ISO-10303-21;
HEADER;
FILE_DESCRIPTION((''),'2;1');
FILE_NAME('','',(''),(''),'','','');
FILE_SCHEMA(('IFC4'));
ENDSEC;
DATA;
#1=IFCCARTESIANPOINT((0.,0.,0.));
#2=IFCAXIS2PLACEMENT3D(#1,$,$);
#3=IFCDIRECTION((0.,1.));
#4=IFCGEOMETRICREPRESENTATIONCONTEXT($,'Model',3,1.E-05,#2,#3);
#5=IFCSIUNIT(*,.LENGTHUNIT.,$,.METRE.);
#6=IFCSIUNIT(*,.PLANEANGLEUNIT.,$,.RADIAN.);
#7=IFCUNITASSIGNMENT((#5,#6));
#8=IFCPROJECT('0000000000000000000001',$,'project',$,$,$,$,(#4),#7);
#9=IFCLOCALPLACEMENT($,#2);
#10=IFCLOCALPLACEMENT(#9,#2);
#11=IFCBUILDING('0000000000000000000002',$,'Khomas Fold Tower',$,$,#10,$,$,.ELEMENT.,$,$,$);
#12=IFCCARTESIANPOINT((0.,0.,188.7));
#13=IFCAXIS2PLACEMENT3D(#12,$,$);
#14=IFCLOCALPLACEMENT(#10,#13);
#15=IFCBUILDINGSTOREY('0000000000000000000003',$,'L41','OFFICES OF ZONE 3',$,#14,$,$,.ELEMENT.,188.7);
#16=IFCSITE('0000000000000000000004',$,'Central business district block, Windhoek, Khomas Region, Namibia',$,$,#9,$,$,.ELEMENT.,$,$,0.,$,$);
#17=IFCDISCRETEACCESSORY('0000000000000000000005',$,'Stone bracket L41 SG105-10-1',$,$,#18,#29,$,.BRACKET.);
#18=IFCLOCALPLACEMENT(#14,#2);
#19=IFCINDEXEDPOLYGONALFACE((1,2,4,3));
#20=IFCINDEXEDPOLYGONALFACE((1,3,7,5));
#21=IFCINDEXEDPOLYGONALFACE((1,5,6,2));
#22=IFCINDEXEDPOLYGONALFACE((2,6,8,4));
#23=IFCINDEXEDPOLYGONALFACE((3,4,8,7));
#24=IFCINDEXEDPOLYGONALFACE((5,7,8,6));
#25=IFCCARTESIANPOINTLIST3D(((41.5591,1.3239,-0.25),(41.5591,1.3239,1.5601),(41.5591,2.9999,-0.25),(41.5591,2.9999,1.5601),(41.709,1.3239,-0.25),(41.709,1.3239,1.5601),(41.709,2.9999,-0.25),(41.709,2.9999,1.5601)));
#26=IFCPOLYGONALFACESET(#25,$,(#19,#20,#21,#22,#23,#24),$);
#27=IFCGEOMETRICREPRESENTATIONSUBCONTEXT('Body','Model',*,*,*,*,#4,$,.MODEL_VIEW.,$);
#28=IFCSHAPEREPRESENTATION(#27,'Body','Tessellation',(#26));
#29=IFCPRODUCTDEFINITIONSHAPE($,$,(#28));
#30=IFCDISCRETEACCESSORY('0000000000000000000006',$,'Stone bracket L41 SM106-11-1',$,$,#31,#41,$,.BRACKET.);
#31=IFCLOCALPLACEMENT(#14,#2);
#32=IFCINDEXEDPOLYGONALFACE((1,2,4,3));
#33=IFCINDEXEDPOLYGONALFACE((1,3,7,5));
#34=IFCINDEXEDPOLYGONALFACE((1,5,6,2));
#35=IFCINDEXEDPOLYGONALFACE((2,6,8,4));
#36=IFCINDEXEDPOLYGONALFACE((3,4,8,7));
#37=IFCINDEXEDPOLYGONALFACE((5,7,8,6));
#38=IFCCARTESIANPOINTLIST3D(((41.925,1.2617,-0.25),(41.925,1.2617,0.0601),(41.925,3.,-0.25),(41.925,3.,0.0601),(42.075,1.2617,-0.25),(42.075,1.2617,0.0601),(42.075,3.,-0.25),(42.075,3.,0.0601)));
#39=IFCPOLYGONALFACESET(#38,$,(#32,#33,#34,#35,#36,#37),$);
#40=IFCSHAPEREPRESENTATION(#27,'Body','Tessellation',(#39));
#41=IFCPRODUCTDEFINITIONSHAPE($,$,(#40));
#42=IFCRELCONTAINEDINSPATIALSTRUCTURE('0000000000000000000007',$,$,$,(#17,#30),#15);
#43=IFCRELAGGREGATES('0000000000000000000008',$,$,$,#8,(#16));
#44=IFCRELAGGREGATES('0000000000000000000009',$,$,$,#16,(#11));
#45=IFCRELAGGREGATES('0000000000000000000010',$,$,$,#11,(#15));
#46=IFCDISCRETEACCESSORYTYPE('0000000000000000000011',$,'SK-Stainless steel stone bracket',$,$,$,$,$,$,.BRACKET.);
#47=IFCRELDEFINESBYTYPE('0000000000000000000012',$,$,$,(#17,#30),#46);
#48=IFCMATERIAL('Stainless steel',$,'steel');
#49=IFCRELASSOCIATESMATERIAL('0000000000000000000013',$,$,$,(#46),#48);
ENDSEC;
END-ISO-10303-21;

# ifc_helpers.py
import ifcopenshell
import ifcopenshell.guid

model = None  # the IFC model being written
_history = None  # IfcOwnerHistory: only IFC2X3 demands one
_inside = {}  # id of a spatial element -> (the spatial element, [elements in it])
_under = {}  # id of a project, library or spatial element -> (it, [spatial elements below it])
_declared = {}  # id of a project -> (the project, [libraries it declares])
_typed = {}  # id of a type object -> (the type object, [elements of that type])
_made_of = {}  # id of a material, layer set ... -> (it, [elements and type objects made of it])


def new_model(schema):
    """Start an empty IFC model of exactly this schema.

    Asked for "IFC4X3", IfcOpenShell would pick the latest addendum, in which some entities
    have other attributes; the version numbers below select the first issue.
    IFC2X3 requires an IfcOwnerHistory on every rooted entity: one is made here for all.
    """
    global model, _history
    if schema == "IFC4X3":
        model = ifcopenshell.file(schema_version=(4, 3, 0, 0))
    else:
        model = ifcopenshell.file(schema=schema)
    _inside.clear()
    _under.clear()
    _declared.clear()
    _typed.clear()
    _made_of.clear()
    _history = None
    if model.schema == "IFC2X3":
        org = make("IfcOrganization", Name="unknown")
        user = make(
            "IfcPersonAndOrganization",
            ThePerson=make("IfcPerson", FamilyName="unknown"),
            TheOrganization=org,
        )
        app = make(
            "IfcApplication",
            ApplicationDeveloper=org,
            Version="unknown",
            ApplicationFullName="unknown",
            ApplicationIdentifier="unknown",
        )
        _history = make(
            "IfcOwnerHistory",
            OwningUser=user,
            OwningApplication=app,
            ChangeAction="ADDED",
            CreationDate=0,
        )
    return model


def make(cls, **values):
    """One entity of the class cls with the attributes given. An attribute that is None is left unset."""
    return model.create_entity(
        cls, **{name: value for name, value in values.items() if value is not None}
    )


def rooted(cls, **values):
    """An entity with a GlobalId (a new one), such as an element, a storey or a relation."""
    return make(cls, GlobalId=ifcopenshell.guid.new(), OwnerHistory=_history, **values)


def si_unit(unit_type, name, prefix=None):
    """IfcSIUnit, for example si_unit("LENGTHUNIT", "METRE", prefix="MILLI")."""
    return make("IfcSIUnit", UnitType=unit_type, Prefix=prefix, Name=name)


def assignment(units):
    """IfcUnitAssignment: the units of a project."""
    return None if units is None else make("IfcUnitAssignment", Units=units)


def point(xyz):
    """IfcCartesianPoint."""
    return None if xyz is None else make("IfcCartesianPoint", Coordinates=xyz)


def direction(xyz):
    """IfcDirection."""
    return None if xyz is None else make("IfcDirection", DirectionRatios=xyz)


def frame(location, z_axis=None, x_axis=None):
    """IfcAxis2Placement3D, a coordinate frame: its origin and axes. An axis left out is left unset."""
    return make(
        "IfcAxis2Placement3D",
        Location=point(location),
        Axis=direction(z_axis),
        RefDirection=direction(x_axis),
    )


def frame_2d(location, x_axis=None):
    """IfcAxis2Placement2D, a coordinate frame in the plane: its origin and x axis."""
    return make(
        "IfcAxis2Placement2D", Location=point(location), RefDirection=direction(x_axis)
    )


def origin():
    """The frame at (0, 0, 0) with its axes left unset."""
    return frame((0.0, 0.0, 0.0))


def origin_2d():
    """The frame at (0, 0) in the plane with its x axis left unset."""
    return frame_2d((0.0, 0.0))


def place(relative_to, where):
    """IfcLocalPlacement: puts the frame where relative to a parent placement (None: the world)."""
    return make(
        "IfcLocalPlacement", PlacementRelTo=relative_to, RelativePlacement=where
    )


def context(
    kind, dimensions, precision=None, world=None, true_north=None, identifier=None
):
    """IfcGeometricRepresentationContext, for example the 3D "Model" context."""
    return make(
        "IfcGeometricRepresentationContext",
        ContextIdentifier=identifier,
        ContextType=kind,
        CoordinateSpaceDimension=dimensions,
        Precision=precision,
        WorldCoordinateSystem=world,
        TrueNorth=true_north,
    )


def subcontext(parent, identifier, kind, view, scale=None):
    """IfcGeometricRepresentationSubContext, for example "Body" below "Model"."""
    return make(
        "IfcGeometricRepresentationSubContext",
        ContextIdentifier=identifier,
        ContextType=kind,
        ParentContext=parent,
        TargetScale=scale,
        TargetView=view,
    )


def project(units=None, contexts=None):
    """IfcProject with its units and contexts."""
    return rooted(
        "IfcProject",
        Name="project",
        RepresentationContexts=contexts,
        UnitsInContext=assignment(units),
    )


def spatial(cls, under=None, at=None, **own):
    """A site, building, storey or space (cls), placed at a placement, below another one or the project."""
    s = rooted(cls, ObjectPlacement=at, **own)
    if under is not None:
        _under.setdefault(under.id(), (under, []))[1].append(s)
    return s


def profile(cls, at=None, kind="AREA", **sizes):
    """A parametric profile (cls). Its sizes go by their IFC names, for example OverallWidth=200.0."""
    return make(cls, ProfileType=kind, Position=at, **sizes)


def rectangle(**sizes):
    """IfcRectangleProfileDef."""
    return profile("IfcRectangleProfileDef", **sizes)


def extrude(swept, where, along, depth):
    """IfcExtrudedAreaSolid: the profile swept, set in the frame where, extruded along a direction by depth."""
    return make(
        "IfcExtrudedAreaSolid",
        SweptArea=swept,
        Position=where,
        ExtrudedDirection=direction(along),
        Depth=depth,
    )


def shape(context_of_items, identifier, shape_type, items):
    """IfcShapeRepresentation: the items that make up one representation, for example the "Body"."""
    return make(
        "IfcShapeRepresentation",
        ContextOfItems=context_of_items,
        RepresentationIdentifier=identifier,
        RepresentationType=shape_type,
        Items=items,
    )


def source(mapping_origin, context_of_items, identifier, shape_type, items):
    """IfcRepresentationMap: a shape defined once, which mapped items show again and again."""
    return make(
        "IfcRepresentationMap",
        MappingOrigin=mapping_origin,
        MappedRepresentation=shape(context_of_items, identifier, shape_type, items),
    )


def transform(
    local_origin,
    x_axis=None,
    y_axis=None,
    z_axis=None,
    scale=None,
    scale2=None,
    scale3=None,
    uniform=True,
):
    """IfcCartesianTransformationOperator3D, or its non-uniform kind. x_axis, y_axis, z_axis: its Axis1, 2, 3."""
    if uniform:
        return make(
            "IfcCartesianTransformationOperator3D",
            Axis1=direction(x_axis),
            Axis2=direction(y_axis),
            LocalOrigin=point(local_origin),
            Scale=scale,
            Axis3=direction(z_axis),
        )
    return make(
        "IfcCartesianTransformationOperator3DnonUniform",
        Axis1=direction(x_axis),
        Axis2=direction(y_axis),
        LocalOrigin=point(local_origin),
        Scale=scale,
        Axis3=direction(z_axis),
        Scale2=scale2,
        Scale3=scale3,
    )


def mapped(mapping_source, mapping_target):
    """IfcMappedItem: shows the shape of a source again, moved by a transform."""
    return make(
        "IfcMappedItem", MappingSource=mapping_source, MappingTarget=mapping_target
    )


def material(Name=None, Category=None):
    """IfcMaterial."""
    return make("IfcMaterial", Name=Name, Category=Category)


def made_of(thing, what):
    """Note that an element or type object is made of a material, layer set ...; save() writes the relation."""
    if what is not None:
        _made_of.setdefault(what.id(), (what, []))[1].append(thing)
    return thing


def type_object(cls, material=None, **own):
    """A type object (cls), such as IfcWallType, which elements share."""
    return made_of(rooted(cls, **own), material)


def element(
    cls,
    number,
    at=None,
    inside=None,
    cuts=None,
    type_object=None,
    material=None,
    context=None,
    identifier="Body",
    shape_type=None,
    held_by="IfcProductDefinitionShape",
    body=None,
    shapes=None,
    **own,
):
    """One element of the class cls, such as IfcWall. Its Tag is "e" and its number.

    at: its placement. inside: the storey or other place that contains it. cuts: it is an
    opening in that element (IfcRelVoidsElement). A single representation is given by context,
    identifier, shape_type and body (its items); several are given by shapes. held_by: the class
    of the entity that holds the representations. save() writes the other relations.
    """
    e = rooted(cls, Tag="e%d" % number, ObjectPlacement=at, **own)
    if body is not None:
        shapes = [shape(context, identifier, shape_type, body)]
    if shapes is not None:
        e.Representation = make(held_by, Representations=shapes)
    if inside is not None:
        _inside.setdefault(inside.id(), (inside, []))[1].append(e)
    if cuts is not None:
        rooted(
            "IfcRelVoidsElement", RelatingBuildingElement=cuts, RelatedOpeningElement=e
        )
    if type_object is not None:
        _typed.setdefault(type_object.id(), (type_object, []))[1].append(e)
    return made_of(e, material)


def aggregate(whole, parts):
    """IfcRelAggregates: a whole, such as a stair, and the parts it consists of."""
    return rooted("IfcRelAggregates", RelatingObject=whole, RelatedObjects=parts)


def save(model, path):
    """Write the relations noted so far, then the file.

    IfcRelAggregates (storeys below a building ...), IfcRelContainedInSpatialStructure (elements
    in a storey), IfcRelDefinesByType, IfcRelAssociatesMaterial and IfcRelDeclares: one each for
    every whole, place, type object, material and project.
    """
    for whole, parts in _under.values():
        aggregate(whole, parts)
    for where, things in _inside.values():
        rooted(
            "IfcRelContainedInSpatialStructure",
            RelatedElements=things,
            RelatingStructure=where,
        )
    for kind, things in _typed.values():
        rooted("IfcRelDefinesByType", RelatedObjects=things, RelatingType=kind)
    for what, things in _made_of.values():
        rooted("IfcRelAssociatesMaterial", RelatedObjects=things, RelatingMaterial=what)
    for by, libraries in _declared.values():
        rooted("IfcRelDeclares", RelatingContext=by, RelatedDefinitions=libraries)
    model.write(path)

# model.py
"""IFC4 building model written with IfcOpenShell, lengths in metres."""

from ifc_helpers import new_model, si_unit, direction, frame, origin, origin_2d, place, context, subcontext, project, spatial, rectangle, extrude, source, transform, mapped, material, type_object, element, save


model = new_model("IFC4")

# Units and contexts
model_context = context("Model", 3, precision=1e-05, world=origin(), true_north=direction((0.0, 1.0)))
body_context = subcontext(model_context, "Body", "Model", "MODEL_VIEW")
ifc_project = project(units=[si_unit("LENGTHUNIT", "METRE"), si_unit("PLANEANGLEUNIT", "RADIAN")], contexts=[model_context])

# Site, building, storey
site_placement = place(None, origin())
site = spatial("IfcSite", under=ifc_project, at=site_placement, Name="Central business district block, Windhoek, Khomas Region, Namibia", CompositionType="ELEMENT", RefElevation=0.0)
building_placement = place(site_placement, origin())
building = spatial("IfcBuilding", under=site, at=building_placement, Name="Khomas Fold Tower", CompositionType="ELEMENT")
storey_placement = place(building_placement, frame((0.0, 0.0, 188.7)))
storey = spatial("IfcBuildingStorey", under=building, at=storey_placement, Name="L41", Description="OFFICES OF ZONE 3", CompositionType="ELEMENT", Elevation=188.7)

# Discrete accessories
ifc_material_1 = material(Name="Stainless steel", Category="steel")
discrete_accessory_type = type_object("IfcDiscreteAccessoryType", Name="SK-Stainless steel stone bracket", PredefinedType="BRACKET", material=ifc_material_1)
shared_shape_1 = source(origin(), body_context, "Body", "SweptSolid", [
    extrude(rectangle(XDim=1.676, YDim=0.1499, at=origin_2d()), origin(), (0.0, 0.0, 1.0), 1.8101),
])
discrete_accessory_1_placement = place(storey_placement, frame((41.634, 2.1619, -0.25), z_axis=(0.0, 0.0, 1.0), x_axis=(0.0, -1.0, 0.0)))
element("IfcDiscreteAccessory", 1, at=discrete_accessory_1_placement, inside=storey, type_object=discrete_accessory_type, Name="Stone bracket L41 SG105-10-1", PredefinedType="BRACKET", context=body_context, shape_type="MappedRepresentation", body=[
    mapped(shared_shape_1, transform((0.0, 0.0, 0.0))),
])
shared_shape_2 = source(origin(), body_context, "Body", "SweptSolid", [
    extrude(rectangle(XDim=1.7383, YDim=0.1499, at=origin_2d()), origin(), (0.0, 0.0, 1.0), 0.3101),
])
discrete_accessory_2_placement = place(storey_placement, frame((42.0, 2.1309, -0.25), z_axis=(0.0, 0.0, 1.0), x_axis=(0.0, -1.0, 0.0)))
element("IfcDiscreteAccessory", 2, at=discrete_accessory_2_placement, inside=storey, type_object=discrete_accessory_type, Name="Stone bracket L41 SM106-11-1", PredefinedType="BRACKET", context=body_context, shape_type="MappedRepresentation", body=[
    mapped(shared_shape_2, transform((0.0, 0.0, 0.0))),
])

save(model, "model.ifc")
